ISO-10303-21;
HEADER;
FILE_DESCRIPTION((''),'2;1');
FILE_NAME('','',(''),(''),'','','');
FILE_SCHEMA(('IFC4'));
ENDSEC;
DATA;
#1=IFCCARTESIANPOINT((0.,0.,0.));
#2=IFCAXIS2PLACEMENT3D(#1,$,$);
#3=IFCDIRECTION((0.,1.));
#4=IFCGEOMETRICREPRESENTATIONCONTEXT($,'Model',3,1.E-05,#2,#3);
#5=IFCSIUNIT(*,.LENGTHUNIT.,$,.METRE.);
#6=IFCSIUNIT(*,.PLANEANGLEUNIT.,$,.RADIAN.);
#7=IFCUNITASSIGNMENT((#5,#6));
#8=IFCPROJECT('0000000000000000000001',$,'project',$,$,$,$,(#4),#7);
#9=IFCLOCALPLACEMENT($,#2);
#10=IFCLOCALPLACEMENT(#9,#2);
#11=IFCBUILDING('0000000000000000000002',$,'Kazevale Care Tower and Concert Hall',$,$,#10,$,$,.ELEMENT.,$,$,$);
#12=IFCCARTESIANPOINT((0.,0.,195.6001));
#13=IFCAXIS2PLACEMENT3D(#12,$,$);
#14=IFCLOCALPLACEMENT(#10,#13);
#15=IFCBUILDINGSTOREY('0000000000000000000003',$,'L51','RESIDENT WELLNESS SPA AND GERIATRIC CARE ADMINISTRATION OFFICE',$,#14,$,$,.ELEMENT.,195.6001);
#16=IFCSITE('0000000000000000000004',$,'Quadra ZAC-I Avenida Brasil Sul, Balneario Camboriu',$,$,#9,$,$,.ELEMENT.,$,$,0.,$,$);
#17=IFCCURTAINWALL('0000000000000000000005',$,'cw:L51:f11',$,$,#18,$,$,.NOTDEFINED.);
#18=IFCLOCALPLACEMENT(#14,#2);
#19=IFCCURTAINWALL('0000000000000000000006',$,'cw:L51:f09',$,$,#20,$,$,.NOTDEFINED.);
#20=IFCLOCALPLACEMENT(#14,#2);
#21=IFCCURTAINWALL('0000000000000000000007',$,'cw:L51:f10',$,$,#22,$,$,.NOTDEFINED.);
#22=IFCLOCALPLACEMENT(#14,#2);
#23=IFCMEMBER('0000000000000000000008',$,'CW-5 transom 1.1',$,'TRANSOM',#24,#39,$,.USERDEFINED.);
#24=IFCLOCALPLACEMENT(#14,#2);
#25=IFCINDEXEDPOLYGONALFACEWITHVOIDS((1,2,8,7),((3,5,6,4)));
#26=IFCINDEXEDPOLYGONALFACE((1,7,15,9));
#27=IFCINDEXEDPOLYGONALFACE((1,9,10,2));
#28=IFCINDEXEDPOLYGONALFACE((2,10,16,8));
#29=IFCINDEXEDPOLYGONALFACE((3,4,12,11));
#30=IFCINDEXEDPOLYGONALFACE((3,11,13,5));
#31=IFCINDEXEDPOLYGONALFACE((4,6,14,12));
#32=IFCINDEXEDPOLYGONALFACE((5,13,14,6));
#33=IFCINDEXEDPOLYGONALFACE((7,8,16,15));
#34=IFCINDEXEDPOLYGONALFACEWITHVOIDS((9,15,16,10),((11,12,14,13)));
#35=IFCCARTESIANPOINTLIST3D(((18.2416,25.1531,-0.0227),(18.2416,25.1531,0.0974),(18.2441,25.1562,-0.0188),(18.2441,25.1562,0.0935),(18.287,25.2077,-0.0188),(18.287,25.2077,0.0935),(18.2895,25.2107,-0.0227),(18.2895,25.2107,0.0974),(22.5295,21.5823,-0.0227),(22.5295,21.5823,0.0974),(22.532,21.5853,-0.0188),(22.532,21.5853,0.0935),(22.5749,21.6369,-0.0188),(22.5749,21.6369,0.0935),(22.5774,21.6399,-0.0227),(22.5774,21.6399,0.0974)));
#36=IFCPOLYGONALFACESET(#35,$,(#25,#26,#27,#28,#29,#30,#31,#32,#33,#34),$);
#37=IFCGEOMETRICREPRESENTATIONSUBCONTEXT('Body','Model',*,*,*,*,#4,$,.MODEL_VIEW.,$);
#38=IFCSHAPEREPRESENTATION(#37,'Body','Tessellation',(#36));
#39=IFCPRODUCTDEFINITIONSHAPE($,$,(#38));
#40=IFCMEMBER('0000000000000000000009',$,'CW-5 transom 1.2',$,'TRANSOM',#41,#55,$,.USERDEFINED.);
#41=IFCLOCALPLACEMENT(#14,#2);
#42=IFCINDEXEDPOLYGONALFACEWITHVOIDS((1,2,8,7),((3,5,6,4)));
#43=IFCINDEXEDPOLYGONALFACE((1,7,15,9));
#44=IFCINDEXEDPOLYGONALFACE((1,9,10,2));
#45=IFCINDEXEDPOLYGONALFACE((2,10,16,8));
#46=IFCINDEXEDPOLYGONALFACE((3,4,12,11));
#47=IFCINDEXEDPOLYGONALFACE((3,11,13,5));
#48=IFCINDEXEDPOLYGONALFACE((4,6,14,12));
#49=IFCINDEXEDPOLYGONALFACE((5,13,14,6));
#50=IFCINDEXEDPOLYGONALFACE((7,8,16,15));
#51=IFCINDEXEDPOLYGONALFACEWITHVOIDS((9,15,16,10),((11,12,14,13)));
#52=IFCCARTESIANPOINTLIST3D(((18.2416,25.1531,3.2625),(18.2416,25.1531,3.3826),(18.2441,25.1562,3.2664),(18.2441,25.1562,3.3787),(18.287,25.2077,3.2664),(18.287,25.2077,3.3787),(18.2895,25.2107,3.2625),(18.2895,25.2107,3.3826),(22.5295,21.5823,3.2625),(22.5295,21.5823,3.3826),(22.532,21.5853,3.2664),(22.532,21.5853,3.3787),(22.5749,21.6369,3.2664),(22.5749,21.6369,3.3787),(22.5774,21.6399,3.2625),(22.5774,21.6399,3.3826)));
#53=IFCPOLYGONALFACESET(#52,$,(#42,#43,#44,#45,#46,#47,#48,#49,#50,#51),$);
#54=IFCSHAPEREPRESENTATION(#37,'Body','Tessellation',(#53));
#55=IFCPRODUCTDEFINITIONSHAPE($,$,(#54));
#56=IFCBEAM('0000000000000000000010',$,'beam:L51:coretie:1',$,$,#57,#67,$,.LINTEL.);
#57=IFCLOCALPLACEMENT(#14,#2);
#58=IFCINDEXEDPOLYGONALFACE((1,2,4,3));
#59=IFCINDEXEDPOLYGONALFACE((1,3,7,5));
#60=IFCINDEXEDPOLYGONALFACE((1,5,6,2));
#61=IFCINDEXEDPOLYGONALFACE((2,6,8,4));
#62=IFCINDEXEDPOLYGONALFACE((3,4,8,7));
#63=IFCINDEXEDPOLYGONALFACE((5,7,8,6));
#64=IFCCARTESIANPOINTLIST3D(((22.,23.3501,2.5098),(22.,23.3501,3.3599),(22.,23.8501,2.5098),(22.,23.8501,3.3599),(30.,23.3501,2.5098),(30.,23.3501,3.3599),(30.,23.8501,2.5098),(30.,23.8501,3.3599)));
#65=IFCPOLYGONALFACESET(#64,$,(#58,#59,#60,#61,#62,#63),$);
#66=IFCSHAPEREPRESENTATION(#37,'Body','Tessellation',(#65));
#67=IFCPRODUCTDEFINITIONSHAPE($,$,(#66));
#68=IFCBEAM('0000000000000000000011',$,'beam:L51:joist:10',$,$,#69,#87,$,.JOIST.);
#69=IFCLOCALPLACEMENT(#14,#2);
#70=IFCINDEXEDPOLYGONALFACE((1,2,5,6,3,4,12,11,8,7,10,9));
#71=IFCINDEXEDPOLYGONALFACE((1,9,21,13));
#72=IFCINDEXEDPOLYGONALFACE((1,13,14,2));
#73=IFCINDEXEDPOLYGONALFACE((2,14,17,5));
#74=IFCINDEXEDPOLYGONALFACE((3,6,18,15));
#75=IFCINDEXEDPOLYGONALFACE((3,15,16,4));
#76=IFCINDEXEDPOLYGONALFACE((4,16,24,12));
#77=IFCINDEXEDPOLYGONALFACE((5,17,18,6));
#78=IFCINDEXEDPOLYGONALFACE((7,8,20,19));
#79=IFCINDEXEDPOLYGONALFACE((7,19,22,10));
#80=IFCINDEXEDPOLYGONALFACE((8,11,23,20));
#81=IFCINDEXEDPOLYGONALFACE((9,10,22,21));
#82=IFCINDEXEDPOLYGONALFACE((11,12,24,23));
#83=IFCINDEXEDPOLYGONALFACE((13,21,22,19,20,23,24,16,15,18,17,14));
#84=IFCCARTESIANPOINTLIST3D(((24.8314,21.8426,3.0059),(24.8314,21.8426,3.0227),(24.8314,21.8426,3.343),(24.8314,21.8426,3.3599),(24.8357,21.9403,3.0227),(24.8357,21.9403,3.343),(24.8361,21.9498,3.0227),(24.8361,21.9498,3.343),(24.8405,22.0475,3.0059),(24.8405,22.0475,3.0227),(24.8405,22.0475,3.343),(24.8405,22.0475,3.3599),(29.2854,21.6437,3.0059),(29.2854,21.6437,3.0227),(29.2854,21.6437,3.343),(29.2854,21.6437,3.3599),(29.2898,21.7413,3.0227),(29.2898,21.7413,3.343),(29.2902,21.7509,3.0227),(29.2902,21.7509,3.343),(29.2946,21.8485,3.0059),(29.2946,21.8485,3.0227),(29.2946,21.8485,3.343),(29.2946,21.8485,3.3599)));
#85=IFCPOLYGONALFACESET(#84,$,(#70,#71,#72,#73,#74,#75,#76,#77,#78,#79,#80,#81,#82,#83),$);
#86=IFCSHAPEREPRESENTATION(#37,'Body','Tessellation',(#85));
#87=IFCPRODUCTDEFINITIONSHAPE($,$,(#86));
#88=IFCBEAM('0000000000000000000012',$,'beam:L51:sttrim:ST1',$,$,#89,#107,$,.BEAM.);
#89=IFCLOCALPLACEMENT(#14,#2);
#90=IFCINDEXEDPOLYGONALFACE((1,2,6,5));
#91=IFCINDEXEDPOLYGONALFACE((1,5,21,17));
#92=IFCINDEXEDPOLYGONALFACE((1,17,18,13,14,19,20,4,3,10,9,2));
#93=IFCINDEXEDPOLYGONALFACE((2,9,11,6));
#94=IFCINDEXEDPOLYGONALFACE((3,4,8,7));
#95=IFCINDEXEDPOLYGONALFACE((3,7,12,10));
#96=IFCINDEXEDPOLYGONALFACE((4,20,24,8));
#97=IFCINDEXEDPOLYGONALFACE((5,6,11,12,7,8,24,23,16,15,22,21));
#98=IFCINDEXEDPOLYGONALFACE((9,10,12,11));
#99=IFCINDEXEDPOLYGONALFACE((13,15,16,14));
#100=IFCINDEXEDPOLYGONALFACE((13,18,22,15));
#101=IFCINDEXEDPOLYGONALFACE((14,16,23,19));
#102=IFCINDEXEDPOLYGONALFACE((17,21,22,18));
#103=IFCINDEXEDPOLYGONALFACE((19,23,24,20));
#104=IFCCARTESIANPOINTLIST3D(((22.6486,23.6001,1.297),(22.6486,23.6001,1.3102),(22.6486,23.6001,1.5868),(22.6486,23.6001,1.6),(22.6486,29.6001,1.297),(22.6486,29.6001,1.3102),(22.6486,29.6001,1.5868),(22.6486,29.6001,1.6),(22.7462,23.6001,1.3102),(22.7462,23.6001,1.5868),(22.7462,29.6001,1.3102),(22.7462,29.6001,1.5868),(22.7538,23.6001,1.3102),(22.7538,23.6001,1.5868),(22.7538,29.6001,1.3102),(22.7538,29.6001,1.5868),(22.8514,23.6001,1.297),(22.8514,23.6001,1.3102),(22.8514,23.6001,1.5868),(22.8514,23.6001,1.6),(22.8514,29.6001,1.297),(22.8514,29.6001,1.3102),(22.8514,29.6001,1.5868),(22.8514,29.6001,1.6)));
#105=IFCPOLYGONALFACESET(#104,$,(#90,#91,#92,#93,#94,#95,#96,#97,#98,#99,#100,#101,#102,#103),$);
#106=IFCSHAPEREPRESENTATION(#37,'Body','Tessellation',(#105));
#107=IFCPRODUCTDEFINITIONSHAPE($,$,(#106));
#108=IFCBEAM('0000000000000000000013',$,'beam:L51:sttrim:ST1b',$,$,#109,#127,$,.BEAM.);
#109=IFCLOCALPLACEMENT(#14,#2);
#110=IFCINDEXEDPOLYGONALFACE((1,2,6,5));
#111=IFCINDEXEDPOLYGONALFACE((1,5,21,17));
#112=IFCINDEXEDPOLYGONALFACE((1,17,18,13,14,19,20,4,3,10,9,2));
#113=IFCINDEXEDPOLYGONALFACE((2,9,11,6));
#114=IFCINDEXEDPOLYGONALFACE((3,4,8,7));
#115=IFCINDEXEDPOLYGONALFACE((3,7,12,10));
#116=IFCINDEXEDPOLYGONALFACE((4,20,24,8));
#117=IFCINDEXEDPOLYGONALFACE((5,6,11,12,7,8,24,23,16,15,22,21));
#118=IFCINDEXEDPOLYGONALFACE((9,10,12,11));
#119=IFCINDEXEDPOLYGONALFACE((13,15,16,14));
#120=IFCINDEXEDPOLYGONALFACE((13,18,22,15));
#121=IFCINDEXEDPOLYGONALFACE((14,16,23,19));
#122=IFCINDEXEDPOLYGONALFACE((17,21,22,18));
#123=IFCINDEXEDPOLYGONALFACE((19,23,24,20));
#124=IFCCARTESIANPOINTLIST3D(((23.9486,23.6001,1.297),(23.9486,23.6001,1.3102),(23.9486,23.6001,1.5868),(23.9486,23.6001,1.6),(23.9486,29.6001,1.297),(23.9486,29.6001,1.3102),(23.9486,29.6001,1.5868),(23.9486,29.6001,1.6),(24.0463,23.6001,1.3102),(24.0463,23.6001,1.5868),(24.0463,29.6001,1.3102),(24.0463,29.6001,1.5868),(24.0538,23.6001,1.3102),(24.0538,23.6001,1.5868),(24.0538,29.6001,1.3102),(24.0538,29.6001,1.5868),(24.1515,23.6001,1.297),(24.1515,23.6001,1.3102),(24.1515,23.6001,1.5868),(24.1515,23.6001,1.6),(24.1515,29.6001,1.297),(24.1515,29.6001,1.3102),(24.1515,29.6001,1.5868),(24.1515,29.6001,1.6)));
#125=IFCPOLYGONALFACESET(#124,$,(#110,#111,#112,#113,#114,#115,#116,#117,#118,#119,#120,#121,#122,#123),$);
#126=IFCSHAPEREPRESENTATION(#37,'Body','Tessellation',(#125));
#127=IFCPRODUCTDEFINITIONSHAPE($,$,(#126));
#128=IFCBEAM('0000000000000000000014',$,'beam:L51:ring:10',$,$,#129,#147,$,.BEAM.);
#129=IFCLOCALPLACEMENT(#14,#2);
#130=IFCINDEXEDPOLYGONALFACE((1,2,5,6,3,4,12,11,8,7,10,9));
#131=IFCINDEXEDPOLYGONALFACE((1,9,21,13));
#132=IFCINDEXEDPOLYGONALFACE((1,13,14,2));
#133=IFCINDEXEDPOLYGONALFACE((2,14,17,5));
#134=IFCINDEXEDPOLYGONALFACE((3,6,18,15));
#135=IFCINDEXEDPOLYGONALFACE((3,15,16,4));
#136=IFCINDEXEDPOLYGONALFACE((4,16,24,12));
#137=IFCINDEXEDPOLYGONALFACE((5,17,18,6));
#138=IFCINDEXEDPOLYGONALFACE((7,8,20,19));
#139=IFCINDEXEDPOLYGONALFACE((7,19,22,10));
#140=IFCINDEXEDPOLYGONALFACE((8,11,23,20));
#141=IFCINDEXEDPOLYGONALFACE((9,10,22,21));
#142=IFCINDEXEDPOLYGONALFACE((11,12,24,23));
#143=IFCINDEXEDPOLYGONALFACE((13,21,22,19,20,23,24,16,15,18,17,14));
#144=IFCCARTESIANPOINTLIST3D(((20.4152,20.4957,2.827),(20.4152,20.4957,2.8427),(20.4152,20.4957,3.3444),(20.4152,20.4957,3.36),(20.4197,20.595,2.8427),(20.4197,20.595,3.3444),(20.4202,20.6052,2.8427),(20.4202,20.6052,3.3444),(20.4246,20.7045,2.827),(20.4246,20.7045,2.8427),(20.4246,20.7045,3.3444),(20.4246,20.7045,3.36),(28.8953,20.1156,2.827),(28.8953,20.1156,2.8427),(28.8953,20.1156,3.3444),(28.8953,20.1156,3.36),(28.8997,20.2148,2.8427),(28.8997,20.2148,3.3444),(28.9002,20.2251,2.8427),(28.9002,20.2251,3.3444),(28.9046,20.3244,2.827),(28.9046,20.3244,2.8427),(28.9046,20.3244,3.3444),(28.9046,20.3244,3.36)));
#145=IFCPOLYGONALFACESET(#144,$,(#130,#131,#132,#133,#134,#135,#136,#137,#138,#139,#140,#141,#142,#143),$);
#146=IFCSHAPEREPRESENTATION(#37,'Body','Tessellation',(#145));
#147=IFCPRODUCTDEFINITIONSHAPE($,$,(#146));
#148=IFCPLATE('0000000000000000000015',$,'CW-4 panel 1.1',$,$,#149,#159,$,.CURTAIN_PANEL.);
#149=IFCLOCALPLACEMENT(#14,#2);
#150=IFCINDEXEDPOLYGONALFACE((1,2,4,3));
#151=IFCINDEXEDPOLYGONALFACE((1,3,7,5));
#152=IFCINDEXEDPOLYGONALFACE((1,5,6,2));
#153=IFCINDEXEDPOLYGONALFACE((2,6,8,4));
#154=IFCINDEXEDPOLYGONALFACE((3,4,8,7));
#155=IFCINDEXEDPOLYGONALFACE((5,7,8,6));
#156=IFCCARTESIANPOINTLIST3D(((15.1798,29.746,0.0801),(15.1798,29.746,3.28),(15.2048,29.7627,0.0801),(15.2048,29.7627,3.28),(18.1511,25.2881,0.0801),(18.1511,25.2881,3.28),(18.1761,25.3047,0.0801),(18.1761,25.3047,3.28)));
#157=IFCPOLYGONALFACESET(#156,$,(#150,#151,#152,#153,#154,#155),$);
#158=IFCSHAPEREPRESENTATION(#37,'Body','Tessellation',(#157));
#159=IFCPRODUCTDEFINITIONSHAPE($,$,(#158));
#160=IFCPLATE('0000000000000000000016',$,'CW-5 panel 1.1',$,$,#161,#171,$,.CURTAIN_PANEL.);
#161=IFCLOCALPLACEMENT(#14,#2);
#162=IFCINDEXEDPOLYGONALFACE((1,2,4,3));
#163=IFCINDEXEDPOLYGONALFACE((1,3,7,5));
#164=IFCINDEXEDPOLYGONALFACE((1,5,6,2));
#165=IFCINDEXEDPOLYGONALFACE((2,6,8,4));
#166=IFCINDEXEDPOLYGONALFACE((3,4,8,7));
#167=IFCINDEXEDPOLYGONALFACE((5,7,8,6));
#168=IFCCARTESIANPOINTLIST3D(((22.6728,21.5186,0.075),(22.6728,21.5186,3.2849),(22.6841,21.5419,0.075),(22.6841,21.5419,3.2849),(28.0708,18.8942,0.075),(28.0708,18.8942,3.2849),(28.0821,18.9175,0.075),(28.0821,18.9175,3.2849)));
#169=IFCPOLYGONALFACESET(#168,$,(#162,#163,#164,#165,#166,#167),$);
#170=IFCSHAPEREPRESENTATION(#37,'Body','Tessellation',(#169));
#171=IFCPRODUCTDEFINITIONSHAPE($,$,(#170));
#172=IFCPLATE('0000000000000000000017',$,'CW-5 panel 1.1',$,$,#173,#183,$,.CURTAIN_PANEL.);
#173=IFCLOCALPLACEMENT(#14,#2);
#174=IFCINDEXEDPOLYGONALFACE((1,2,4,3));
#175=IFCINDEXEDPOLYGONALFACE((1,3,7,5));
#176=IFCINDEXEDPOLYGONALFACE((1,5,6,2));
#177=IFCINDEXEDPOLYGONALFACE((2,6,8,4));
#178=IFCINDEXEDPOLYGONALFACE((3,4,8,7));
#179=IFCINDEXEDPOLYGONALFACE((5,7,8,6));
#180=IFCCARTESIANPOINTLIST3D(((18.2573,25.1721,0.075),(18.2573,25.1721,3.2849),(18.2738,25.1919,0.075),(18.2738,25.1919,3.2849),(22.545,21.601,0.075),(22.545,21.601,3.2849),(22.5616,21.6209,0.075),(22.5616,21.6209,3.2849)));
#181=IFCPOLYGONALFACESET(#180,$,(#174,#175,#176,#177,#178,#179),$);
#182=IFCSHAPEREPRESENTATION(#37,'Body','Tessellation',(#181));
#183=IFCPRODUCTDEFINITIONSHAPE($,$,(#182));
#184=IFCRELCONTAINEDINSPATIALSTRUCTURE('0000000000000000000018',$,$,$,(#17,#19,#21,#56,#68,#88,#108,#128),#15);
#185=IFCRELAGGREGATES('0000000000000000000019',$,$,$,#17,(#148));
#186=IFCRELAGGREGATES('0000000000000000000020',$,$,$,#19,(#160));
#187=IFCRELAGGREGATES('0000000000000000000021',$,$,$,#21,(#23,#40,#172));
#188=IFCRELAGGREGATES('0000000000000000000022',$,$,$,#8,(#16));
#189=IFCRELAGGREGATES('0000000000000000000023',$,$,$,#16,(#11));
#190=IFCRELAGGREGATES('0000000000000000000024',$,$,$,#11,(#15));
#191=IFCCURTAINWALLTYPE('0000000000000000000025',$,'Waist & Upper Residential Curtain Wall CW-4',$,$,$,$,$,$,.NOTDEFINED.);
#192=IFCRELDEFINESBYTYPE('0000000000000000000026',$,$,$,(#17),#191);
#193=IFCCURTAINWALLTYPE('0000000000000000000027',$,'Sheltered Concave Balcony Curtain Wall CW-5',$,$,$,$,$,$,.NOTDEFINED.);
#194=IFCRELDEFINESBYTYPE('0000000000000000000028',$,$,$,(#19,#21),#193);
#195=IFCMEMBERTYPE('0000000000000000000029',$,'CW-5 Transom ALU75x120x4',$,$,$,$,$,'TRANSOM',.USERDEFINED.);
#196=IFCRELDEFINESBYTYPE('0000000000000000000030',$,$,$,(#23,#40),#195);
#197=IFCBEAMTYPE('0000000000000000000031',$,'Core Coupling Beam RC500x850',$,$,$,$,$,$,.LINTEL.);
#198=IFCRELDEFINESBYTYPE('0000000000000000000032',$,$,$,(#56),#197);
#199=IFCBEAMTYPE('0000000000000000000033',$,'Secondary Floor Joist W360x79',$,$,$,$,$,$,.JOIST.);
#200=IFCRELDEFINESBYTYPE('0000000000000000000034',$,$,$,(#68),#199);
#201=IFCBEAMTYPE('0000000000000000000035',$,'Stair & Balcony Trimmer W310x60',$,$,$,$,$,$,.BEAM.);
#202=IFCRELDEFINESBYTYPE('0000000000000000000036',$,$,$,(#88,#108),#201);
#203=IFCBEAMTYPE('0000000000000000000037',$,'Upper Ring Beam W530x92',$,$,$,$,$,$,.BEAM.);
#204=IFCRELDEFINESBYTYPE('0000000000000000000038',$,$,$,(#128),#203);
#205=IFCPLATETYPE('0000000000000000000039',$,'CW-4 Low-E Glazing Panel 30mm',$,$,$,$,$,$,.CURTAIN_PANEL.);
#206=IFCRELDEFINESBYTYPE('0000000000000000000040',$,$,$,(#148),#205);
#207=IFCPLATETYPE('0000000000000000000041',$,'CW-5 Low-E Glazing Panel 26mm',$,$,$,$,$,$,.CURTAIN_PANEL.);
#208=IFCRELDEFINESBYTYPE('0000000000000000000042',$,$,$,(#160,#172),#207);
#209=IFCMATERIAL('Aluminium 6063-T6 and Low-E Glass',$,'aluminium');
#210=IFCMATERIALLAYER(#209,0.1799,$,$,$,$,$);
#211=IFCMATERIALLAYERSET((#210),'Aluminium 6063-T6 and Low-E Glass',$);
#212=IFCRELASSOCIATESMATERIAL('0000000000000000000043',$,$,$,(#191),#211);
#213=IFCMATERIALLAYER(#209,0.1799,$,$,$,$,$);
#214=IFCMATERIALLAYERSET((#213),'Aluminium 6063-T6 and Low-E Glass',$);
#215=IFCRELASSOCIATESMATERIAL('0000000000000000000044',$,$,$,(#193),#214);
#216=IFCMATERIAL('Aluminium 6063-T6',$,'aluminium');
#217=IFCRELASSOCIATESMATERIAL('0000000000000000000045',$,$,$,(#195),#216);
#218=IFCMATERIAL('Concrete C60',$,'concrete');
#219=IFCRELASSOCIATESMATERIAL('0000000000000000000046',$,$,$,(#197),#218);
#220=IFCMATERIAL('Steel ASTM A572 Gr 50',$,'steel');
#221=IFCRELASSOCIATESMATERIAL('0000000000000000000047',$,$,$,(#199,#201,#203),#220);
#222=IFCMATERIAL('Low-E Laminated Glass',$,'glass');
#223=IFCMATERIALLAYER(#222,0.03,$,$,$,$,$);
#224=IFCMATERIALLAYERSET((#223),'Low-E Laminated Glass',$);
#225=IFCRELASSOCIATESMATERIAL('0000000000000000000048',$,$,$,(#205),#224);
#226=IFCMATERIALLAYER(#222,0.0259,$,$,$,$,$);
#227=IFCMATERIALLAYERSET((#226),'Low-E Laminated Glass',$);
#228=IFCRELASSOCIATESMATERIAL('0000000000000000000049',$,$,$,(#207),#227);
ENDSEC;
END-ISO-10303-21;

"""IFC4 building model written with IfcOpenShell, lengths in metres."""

from ifc_helpers import new_model, si_unit, direction, frame, origin, origin_2d, place, context, subcontext, project, spatial, rectangle, hollow_rectangle, i_section, extrude, material, layer, layer_set, material_profile, profile_set, type_object, element, aggregate, save


model = new_model("IFC4")

# Units and contexts
model_context = context("Model", 3, precision=1e-05, world=origin(), true_north=direction((0.0, 1.0)))
body_context = subcontext(model_context, "Body", "Model", "MODEL_VIEW")
ifc_project = project(units=[si_unit("LENGTHUNIT", "METRE"), si_unit("PLANEANGLEUNIT", "RADIAN")], contexts=[model_context])

# Site, building, storey
site_placement = place(None, origin())
site = spatial("IfcSite", under=ifc_project, at=site_placement, Name="Quadra ZAC-I Avenida Brasil Sul, Balneario Camboriu", CompositionType="ELEMENT", RefElevation=0.0)
building_placement = place(site_placement, origin())
building = spatial("IfcBuilding", under=site, at=building_placement, Name="Kazevale Care Tower and Concert Hall", CompositionType="ELEMENT")
storey_placement = place(building_placement, frame((0.0, 0.0, 195.6001)))
storey = spatial("IfcBuildingStorey", under=building, at=storey_placement, Name="L51", Description="RESIDENT WELLNESS SPA AND GERIATRIC CARE ADMINISTRATION OFFICE", CompositionType="ELEMENT", Elevation=195.6001)

# Curtain wall
ifc_material_1 = material(Name="Aluminium 6063-T6 and Low-E Glass", Category="aluminium")
ifc_layer_1 = layer(ifc_material_1, 0.1799)
ifc_layer_set_1 = layer_set([ifc_layer_1], Name="Aluminium 6063-T6 and Low-E Glass")
curtain_wall_type_1 = type_object("IfcCurtainWallType", Name="Waist & Upper Residential Curtain Wall CW-4", PredefinedType="NOTDEFINED", material=ifc_layer_set_1)
curtain_wall_1_placement = place(storey_placement, origin())
curtain_wall_1 = element("IfcCurtainWall", 1, at=curtain_wall_1_placement, inside=storey, type_object=curtain_wall_type_1, Name="cw:L51:f11", PredefinedType="NOTDEFINED")
ifc_material_2 = material(Name="Aluminium 6063-T6", Category="aluminium")

# Curtain wall
ifc_layer_2 = layer(ifc_material_1, 0.1799)
ifc_layer_set_2 = layer_set([ifc_layer_2], Name="Aluminium 6063-T6 and Low-E Glass")
curtain_wall_type_2 = type_object("IfcCurtainWallType", Name="Sheltered Concave Balcony Curtain Wall CW-5", PredefinedType="NOTDEFINED", material=ifc_layer_set_2)
curtain_wall_2_placement = place(storey_placement, origin())
curtain_wall_2 = element("IfcCurtainWall", 2, at=curtain_wall_2_placement, inside=storey, type_object=curtain_wall_type_2, Name="cw:L51:f09", PredefinedType="NOTDEFINED")

# Curtain wall, members
curtain_wall_3_placement = place(storey_placement, origin())
curtain_wall_3 = element("IfcCurtainWall", 3, at=curtain_wall_3_placement, inside=storey, type_object=curtain_wall_type_2, Name="cw:L51:f10", PredefinedType="NOTDEFINED")
ifc_material_profile_1 = material_profile(ifc_material_2, hollow_rectangle(XDim=0.075, YDim=0.1201, WallThickness=0.0039, at=origin_2d()), Name="ALU75x120x4")
ifc_profile_set_1 = profile_set([ifc_material_profile_1], Name="Aluminium 6063-T6")
member_type_1 = type_object("IfcMemberType", Name="CW-5 Transom ALU75x120x4", ElementType="TRANSOM", PredefinedType="USERDEFINED", material=ifc_profile_set_1)
member_1_placement = place(storey_placement, frame((22.5535, 21.6111, 0.0374), z_axis=(-0.768433, 0.63993, 0.0), x_axis=(-0.63993, -0.768433, 0.0)))
member_1 = element("IfcMember", 4, at=member_1_placement, type_object=member_type_1, Name="CW-5 transom 1.1", ObjectType="TRANSOM", PredefinedType="USERDEFINED", context=body_context, shape_type="SweptSolid", body=[
    extrude(hollow_rectangle(XDim=0.075, YDim=0.1201, WallThickness=0.0039, at=origin_2d()), origin(), (0.0, 0.0, 1.0), 5.5801),
])
member_2_placement = place(storey_placement, frame((22.5535, 21.6111, 3.3225), z_axis=(-0.768433, 0.63993, 0.0), x_axis=(-0.63993, -0.768433, 0.0)))
member_2 = element("IfcMember", 5, at=member_2_placement, type_object=member_type_1, Name="CW-5 transom 1.2", ObjectType="TRANSOM", PredefinedType="USERDEFINED", context=body_context, shape_type="SweptSolid", body=[
    extrude(hollow_rectangle(XDim=0.075, YDim=0.1201, WallThickness=0.0039, at=origin_2d()), origin(), (0.0, 0.0, 1.0), 5.5801),
])

# Beams
ifc_material_3 = material(Name="Concrete C60", Category="concrete")
ifc_material_profile_2 = material_profile(ifc_material_3, rectangle(XDim=0.5, YDim=0.8501, at=origin_2d()), Name="RC-B500x850")
ifc_profile_set_2 = profile_set([ifc_material_profile_2], Name="Concrete C60")
beam_type_1 = type_object("IfcBeamType", Name="Core Coupling Beam RC500x850", PredefinedType="LINTEL", material=ifc_profile_set_2)
beam_1_placement = place(storey_placement, frame((22.0, 23.6001, 2.9348), z_axis=(1.0, 0.0, 0.0), x_axis=(0.0, 1.0, 0.0)))
element("IfcBeam", 6, at=beam_1_placement, inside=storey, type_object=beam_type_1, Name="beam:L51:coretie:1", PredefinedType="LINTEL", context=body_context, shape_type="SweptSolid", body=[
    extrude(rectangle(XDim=0.5, YDim=0.8501, at=origin_2d()), origin(), (0.0, 0.0, 1.0), 8.0),
])
ifc_material_4 = material(Name="Steel ASTM A572 Gr 50", Category="steel")
ifc_material_profile_3 = material_profile(ifc_material_4, i_section(OverallWidth=0.2051, OverallDepth=0.354, WebThickness=0.0095, FlangeThickness=0.0168, at=origin_2d()), Name="W360x79")
ifc_profile_set_3 = profile_set([ifc_material_profile_3], Name="Steel ASTM A572 Gr 50")
beam_type_2 = type_object("IfcBeamType", Name="Secondary Floor Joist W360x79", PredefinedType="JOIST", material=ifc_profile_set_3)
beam_2_placement = place(storey_placement, frame((24.8359, 21.9451, 3.1829), z_axis=(0.999004, -0.044628, 0.0), x_axis=(0.044628, 0.999004, 0.0)))
element("IfcBeam", 7, at=beam_2_placement, inside=storey, type_object=beam_type_2, Name="beam:L51:joist:10", PredefinedType="JOIST", context=body_context, shape_type="SweptSolid", body=[
    extrude(i_section(OverallWidth=0.2051, OverallDepth=0.354, WebThickness=0.0095, FlangeThickness=0.0168, at=origin_2d()), origin(), (0.0, 0.0, 1.0), 4.4585),
])
ifc_material_profile_4 = material_profile(ifc_material_4, i_section(OverallWidth=0.2029, OverallDepth=0.303, WebThickness=0.0076, FlangeThickness=0.0132, at=origin_2d()), Name="W310x60")
ifc_profile_set_4 = profile_set([ifc_material_profile_4], Name="Steel ASTM A572 Gr 50")
beam_type_3 = type_object("IfcBeamType", Name="Stair & Balcony Trimmer W310x60", PredefinedType="BEAM", material=ifc_profile_set_4)
for number, where, z_axis, x_axis, name in (
    (8, (22.75, 23.6001, 1.4485), (0.0, 1.0, 0.0), (-1.0, 0.0, 0.0), "beam:L51:sttrim:ST1"),
    (9, (24.05, 23.6001, 1.4485), (0.0, 1.0, 0.0), (-1.0, 0.0, 0.0), "beam:L51:sttrim:ST1b"),
):
    element("IfcBeam", number, at=place(storey_placement, frame(where, z_axis=z_axis, x_axis=x_axis)), inside=storey, type_object=beam_type_3, Name=name, PredefinedType="BEAM", context=body_context, shape_type="SweptSolid", body=[
        extrude(i_section(OverallWidth=0.2029, OverallDepth=0.303, WebThickness=0.0076, FlangeThickness=0.0132, at=origin_2d()), origin(), (0.0, 0.0, 1.0), 6.0),
    ])
ifc_material_profile_5 = material_profile(ifc_material_4, i_section(OverallWidth=0.209, OverallDepth=0.533, WebThickness=0.0103, FlangeThickness=0.0156, at=origin_2d()), Name="W530x92")
ifc_profile_set_5 = profile_set([ifc_material_profile_5], Name="Steel ASTM A572 Gr 50")
beam_type_4 = type_object("IfcBeamType", Name="Upper Ring Beam W530x92", PredefinedType="BEAM", material=ifc_profile_set_5)
beam_3_placement = place(storey_placement, frame((20.4199, 20.6001, 3.0935), z_axis=(0.998997, -0.044781, 0.0), x_axis=(0.044781, 0.998997, 0.0)))
element("IfcBeam", 10, at=beam_3_placement, inside=storey, type_object=beam_type_4, Name="beam:L51:ring:10", PredefinedType="BEAM", context=body_context, shape_type="SweptSolid", body=[
    extrude(i_section(OverallWidth=0.209, OverallDepth=0.533, WebThickness=0.0103, FlangeThickness=0.0156, at=origin_2d()), origin(), (0.0, 0.0, 1.0), 8.4885),
])

# Plates
ifc_material_5 = material(Name="Low-E Laminated Glass", Category="glass")
ifc_layer_3 = layer(ifc_material_5, 0.03)
ifc_layer_set_3 = layer_set([ifc_layer_3], Name="Low-E Laminated Glass")
plate_type_1 = type_object("IfcPlateType", Name="CW-4 Low-E Glazing Panel 30mm", PredefinedType="CURTAIN_PANEL", material=ifc_layer_set_3)
plate_1_placement = place(storey_placement, frame((16.678, 27.5254, 0.0801), z_axis=(0.0, 0.0, 1.0), x_axis=(-0.554617, 0.832106, 0.0)))
plate_1 = element("IfcPlate", 11, at=plate_1_placement, type_object=plate_type_1, Name="CW-4 panel 1.1", PredefinedType="CURTAIN_PANEL", context=body_context, shape_type="SweptSolid", body=[
    extrude(rectangle(XDim=5.3574, YDim=0.03, at=origin_2d()), origin(), (0.0, 0.0, 1.0), 3.2),
])
aggregate(curtain_wall_1, [plate_1])
ifc_layer_4 = layer(ifc_material_5, 0.0259)
ifc_layer_set_4 = layer_set([ifc_layer_4], Name="Low-E Laminated Glass")
plate_type_2 = type_object("IfcPlateType", Name="CW-5 Low-E Glazing Panel 26mm", PredefinedType="CURTAIN_PANEL", material=ifc_layer_set_4)
plate_2_placement = place(storey_placement, frame((25.3774, 20.218, 0.075), z_axis=(0.0, 0.0, 1.0), x_axis=(-0.899346, 0.437238, 0.0)))
plate_2 = element("IfcPlate", 12, at=plate_2_placement, type_object=plate_type_2, Name="CW-5 panel 1.1", PredefinedType="CURTAIN_PANEL", context=body_context, shape_type="SweptSolid", body=[
    extrude(rectangle(XDim=6.0022, YDim=0.0259, at=origin_2d()), origin(), (0.0, 0.0, 1.0), 3.21),
])
aggregate(curtain_wall_2, [plate_2])
plate_3_placement = place(storey_placement, frame((20.4094, 23.3965, 0.075), z_axis=(0.0, 0.0, 1.0), x_axis=(-0.768407, 0.639961, 0.0)))
plate_3 = element("IfcPlate", 13, at=plate_3_placement, type_object=plate_type_2, Name="CW-5 panel 1.1", PredefinedType="CURTAIN_PANEL", context=body_context, shape_type="SweptSolid", body=[
    extrude(rectangle(XDim=5.5801, YDim=0.0259, at=origin_2d()), origin(), (0.0, 0.0, 1.0), 3.21),
])
aggregate(curtain_wall_3, [member_1, member_2, plate_3])

save(model, "model.ifc")
